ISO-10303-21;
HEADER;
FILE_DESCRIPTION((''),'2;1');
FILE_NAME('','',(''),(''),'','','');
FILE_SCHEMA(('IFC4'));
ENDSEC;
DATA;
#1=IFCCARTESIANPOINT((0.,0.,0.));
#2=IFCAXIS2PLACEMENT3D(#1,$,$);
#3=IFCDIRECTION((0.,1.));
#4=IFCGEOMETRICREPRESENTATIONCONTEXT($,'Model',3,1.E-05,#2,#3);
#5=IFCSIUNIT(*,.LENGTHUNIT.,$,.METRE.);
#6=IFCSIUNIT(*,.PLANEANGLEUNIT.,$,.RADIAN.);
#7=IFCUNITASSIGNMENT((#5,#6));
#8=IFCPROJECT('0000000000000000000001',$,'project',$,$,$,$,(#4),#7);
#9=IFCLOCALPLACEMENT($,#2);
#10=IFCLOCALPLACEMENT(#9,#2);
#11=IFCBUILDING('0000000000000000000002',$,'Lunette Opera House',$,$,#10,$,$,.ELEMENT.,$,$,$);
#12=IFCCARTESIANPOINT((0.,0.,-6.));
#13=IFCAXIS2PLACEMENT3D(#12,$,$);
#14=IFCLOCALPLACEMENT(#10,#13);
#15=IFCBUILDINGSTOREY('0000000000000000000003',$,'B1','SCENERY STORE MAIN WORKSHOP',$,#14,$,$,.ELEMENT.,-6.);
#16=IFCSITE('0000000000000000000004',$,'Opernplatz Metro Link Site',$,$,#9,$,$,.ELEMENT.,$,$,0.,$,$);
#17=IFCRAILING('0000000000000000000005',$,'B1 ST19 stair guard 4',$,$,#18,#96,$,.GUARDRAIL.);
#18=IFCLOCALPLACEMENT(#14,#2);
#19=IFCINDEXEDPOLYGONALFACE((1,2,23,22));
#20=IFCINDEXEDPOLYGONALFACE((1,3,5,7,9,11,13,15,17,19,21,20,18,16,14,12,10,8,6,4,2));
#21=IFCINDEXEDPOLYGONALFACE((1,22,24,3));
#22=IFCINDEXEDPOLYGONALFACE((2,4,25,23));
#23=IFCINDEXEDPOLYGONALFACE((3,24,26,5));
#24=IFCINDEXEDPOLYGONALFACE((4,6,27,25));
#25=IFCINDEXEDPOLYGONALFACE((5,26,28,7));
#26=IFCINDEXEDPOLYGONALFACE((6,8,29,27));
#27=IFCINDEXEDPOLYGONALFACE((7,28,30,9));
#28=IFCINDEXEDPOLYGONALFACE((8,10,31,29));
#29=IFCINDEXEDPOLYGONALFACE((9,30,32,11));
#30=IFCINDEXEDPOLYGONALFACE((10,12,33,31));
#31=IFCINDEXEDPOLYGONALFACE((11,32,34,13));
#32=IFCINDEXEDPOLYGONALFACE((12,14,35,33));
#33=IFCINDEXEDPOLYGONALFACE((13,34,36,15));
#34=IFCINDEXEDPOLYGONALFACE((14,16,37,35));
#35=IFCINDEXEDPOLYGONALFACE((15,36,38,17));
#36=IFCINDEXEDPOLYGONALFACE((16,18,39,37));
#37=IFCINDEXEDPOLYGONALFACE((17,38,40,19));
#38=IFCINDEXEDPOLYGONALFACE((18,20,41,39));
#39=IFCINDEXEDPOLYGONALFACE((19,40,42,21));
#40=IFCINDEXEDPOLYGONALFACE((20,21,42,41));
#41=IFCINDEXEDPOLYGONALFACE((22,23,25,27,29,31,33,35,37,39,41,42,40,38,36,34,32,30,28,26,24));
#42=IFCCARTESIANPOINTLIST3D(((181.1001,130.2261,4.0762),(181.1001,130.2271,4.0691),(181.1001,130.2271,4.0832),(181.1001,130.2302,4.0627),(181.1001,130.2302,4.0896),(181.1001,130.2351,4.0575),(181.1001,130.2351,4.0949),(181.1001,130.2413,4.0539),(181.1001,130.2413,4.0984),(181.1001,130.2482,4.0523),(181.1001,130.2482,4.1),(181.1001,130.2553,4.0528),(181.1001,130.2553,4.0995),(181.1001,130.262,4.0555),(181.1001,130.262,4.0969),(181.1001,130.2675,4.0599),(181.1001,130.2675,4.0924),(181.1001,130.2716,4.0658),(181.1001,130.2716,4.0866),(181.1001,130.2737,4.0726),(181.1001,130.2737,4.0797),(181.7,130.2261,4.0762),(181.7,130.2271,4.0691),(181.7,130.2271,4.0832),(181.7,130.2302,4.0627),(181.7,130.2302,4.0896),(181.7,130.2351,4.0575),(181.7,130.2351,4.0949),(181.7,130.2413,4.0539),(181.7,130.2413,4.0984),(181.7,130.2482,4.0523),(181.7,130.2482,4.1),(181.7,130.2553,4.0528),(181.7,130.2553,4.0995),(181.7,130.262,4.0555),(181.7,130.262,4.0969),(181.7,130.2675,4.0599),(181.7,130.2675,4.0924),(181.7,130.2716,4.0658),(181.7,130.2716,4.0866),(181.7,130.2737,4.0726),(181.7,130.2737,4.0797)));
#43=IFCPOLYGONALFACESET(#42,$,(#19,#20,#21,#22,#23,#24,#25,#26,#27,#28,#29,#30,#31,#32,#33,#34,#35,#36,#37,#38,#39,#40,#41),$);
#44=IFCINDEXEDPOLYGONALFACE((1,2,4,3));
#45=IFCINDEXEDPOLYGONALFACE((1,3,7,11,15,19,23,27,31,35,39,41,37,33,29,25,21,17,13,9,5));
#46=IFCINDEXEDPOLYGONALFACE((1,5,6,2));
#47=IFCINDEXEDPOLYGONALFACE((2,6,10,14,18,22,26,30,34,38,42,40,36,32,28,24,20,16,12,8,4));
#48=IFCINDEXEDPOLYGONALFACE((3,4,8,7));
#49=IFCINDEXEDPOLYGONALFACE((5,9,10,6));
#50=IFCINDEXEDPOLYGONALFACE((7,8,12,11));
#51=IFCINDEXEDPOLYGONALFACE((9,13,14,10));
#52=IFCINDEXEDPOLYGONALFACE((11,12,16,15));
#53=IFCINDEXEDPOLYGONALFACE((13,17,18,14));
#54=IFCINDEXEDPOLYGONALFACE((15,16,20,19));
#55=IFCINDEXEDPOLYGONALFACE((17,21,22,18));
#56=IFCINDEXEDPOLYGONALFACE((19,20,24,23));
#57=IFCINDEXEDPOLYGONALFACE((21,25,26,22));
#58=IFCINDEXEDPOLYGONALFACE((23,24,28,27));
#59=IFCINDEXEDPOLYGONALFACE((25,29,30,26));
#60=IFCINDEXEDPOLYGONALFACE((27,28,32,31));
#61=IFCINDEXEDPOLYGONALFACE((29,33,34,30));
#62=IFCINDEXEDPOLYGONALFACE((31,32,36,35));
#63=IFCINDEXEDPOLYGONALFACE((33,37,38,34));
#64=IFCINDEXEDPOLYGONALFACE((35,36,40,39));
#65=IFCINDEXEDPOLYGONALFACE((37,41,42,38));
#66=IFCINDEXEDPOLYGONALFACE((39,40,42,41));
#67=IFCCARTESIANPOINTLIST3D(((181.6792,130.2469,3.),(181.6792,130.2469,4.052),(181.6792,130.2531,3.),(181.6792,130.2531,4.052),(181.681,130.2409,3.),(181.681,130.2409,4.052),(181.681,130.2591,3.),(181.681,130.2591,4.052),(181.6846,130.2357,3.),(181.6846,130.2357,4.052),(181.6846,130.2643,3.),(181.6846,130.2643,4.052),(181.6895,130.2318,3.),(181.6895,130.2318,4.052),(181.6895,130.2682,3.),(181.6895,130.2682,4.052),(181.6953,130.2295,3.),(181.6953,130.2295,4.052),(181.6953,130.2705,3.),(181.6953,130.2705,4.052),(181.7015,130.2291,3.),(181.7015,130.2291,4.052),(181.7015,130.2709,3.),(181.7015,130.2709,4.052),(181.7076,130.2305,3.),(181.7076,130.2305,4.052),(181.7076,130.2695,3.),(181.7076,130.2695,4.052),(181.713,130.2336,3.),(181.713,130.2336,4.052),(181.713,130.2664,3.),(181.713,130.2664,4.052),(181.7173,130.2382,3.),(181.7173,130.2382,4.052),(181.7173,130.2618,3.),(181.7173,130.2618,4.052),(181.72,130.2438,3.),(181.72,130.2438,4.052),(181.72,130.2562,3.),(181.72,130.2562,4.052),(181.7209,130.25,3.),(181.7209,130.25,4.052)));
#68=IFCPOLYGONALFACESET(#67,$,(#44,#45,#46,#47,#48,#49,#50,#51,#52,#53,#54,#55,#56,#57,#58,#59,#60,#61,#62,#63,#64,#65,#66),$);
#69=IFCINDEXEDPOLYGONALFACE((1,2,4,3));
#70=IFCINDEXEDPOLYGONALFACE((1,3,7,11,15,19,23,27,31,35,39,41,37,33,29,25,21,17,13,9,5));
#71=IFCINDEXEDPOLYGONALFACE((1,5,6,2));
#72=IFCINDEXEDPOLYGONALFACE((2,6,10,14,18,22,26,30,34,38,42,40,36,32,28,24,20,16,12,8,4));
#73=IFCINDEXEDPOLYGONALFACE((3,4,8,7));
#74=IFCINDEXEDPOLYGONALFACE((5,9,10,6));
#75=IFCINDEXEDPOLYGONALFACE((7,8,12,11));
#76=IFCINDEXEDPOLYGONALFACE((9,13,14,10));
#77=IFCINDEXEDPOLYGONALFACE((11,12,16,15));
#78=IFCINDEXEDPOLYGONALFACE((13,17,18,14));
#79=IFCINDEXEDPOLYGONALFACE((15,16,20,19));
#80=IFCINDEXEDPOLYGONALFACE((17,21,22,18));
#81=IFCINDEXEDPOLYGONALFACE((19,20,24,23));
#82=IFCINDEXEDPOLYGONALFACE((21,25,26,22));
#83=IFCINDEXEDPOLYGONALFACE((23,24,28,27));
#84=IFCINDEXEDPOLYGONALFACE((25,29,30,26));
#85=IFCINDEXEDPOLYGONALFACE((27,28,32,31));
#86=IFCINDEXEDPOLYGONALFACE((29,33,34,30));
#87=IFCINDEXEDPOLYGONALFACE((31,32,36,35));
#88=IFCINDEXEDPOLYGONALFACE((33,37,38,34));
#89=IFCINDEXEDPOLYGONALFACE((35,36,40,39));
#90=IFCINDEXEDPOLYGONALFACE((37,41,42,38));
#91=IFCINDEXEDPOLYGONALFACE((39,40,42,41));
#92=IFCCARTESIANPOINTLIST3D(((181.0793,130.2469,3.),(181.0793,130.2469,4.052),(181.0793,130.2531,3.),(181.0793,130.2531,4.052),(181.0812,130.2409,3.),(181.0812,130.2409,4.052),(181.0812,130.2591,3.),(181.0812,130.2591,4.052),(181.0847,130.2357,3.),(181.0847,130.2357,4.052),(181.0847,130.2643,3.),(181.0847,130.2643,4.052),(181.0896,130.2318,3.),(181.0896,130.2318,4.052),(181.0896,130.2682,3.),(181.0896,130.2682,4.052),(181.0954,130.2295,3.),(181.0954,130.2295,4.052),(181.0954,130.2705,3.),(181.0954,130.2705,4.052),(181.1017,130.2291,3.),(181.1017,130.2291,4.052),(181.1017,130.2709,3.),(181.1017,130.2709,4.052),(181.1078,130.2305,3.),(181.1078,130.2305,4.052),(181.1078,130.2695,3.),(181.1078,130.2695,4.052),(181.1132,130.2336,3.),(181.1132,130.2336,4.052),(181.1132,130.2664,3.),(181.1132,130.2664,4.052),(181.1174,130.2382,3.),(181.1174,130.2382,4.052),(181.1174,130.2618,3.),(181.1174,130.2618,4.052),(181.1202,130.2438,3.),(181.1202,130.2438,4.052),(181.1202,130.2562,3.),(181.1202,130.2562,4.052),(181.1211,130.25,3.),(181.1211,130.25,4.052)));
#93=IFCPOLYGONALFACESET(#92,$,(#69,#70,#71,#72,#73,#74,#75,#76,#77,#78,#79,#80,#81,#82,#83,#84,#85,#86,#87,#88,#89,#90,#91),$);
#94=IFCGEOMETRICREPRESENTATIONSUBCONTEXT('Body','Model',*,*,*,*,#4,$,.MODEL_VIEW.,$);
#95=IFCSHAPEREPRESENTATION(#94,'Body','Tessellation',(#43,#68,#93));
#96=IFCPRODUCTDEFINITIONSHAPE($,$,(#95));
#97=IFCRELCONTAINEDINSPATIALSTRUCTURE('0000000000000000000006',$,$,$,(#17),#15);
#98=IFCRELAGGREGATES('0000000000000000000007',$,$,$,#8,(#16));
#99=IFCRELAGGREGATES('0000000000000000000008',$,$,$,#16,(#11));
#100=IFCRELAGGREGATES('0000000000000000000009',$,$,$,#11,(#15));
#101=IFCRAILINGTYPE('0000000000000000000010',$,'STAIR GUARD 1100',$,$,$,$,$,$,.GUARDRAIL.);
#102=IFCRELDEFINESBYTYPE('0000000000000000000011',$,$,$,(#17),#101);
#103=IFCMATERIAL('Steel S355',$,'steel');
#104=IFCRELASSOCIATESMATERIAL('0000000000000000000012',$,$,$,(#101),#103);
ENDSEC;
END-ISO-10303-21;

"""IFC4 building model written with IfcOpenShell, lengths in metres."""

from ifc_helpers import new_model, si_unit, direction, frame, origin, origin_2d, place, context, subcontext, project, spatial, circle, extrude, material, type_object, element, save


model = new_model("IFC4")

# Units and contexts
model_context = context("Model", 3, precision=1e-05, world=origin(), true_north=direction((0.0, 1.0)))
body_context = subcontext(model_context, "Body", "Model", "MODEL_VIEW")
ifc_project = project(units=[si_unit("LENGTHUNIT", "METRE"), si_unit("PLANEANGLEUNIT", "RADIAN")], contexts=[model_context])

# Site, building, storey
site_placement = place(None, origin())
site = spatial("IfcSite", under=ifc_project, at=site_placement, Name="Opernplatz Metro Link Site", CompositionType="ELEMENT", RefElevation=0.0)
building_placement = place(site_placement, origin())
building = spatial("IfcBuilding", under=site, at=building_placement, Name="Lunette Opera House", CompositionType="ELEMENT")
storey_placement = place(building_placement, frame((0.0, 0.0, -6.0)))
storey = spatial("IfcBuildingStorey", under=building, at=storey_placement, Name="B1", Description="SCENERY STORE MAIN WORKSHOP", CompositionType="ELEMENT", Elevation=-6.0)

# Railing
ifc_material_1 = material(Name="Steel S355", Category="steel")
railing_type_1 = type_object("IfcRailingType", Name="STAIR GUARD 1100", PredefinedType="GUARDRAIL", material=ifc_material_1)
railing_1_placement = place(storey_placement, frame((181.7, 130.25, 3.0)))
element("IfcRailing", 1, at=railing_1_placement, inside=storey, type_object=railing_type_1, Name="B1 ST19 stair guard 4", PredefinedType="GUARDRAIL", context=body_context, shape_type="SweptSolid", body=[
    extrude(circle(Radius=0.0239, at=origin_2d()), frame((0.0, 0.0, 1.0762), z_axis=(-1.0, 0.0, 0.0), x_axis=(0.0, -1.0, 0.0)), (0.0, 0.0, 1.0), 0.5999),
    extrude(circle(Radius=0.021, at=origin_2d()), origin(), (0.0, 0.0, 1.0), 1.052),
    extrude(circle(Radius=0.021, at=origin_2d()), frame((-0.5999, 0.0, 0.0)), (0.0, 0.0, 1.0), 1.052),
])

save(model, "model.ifc")
